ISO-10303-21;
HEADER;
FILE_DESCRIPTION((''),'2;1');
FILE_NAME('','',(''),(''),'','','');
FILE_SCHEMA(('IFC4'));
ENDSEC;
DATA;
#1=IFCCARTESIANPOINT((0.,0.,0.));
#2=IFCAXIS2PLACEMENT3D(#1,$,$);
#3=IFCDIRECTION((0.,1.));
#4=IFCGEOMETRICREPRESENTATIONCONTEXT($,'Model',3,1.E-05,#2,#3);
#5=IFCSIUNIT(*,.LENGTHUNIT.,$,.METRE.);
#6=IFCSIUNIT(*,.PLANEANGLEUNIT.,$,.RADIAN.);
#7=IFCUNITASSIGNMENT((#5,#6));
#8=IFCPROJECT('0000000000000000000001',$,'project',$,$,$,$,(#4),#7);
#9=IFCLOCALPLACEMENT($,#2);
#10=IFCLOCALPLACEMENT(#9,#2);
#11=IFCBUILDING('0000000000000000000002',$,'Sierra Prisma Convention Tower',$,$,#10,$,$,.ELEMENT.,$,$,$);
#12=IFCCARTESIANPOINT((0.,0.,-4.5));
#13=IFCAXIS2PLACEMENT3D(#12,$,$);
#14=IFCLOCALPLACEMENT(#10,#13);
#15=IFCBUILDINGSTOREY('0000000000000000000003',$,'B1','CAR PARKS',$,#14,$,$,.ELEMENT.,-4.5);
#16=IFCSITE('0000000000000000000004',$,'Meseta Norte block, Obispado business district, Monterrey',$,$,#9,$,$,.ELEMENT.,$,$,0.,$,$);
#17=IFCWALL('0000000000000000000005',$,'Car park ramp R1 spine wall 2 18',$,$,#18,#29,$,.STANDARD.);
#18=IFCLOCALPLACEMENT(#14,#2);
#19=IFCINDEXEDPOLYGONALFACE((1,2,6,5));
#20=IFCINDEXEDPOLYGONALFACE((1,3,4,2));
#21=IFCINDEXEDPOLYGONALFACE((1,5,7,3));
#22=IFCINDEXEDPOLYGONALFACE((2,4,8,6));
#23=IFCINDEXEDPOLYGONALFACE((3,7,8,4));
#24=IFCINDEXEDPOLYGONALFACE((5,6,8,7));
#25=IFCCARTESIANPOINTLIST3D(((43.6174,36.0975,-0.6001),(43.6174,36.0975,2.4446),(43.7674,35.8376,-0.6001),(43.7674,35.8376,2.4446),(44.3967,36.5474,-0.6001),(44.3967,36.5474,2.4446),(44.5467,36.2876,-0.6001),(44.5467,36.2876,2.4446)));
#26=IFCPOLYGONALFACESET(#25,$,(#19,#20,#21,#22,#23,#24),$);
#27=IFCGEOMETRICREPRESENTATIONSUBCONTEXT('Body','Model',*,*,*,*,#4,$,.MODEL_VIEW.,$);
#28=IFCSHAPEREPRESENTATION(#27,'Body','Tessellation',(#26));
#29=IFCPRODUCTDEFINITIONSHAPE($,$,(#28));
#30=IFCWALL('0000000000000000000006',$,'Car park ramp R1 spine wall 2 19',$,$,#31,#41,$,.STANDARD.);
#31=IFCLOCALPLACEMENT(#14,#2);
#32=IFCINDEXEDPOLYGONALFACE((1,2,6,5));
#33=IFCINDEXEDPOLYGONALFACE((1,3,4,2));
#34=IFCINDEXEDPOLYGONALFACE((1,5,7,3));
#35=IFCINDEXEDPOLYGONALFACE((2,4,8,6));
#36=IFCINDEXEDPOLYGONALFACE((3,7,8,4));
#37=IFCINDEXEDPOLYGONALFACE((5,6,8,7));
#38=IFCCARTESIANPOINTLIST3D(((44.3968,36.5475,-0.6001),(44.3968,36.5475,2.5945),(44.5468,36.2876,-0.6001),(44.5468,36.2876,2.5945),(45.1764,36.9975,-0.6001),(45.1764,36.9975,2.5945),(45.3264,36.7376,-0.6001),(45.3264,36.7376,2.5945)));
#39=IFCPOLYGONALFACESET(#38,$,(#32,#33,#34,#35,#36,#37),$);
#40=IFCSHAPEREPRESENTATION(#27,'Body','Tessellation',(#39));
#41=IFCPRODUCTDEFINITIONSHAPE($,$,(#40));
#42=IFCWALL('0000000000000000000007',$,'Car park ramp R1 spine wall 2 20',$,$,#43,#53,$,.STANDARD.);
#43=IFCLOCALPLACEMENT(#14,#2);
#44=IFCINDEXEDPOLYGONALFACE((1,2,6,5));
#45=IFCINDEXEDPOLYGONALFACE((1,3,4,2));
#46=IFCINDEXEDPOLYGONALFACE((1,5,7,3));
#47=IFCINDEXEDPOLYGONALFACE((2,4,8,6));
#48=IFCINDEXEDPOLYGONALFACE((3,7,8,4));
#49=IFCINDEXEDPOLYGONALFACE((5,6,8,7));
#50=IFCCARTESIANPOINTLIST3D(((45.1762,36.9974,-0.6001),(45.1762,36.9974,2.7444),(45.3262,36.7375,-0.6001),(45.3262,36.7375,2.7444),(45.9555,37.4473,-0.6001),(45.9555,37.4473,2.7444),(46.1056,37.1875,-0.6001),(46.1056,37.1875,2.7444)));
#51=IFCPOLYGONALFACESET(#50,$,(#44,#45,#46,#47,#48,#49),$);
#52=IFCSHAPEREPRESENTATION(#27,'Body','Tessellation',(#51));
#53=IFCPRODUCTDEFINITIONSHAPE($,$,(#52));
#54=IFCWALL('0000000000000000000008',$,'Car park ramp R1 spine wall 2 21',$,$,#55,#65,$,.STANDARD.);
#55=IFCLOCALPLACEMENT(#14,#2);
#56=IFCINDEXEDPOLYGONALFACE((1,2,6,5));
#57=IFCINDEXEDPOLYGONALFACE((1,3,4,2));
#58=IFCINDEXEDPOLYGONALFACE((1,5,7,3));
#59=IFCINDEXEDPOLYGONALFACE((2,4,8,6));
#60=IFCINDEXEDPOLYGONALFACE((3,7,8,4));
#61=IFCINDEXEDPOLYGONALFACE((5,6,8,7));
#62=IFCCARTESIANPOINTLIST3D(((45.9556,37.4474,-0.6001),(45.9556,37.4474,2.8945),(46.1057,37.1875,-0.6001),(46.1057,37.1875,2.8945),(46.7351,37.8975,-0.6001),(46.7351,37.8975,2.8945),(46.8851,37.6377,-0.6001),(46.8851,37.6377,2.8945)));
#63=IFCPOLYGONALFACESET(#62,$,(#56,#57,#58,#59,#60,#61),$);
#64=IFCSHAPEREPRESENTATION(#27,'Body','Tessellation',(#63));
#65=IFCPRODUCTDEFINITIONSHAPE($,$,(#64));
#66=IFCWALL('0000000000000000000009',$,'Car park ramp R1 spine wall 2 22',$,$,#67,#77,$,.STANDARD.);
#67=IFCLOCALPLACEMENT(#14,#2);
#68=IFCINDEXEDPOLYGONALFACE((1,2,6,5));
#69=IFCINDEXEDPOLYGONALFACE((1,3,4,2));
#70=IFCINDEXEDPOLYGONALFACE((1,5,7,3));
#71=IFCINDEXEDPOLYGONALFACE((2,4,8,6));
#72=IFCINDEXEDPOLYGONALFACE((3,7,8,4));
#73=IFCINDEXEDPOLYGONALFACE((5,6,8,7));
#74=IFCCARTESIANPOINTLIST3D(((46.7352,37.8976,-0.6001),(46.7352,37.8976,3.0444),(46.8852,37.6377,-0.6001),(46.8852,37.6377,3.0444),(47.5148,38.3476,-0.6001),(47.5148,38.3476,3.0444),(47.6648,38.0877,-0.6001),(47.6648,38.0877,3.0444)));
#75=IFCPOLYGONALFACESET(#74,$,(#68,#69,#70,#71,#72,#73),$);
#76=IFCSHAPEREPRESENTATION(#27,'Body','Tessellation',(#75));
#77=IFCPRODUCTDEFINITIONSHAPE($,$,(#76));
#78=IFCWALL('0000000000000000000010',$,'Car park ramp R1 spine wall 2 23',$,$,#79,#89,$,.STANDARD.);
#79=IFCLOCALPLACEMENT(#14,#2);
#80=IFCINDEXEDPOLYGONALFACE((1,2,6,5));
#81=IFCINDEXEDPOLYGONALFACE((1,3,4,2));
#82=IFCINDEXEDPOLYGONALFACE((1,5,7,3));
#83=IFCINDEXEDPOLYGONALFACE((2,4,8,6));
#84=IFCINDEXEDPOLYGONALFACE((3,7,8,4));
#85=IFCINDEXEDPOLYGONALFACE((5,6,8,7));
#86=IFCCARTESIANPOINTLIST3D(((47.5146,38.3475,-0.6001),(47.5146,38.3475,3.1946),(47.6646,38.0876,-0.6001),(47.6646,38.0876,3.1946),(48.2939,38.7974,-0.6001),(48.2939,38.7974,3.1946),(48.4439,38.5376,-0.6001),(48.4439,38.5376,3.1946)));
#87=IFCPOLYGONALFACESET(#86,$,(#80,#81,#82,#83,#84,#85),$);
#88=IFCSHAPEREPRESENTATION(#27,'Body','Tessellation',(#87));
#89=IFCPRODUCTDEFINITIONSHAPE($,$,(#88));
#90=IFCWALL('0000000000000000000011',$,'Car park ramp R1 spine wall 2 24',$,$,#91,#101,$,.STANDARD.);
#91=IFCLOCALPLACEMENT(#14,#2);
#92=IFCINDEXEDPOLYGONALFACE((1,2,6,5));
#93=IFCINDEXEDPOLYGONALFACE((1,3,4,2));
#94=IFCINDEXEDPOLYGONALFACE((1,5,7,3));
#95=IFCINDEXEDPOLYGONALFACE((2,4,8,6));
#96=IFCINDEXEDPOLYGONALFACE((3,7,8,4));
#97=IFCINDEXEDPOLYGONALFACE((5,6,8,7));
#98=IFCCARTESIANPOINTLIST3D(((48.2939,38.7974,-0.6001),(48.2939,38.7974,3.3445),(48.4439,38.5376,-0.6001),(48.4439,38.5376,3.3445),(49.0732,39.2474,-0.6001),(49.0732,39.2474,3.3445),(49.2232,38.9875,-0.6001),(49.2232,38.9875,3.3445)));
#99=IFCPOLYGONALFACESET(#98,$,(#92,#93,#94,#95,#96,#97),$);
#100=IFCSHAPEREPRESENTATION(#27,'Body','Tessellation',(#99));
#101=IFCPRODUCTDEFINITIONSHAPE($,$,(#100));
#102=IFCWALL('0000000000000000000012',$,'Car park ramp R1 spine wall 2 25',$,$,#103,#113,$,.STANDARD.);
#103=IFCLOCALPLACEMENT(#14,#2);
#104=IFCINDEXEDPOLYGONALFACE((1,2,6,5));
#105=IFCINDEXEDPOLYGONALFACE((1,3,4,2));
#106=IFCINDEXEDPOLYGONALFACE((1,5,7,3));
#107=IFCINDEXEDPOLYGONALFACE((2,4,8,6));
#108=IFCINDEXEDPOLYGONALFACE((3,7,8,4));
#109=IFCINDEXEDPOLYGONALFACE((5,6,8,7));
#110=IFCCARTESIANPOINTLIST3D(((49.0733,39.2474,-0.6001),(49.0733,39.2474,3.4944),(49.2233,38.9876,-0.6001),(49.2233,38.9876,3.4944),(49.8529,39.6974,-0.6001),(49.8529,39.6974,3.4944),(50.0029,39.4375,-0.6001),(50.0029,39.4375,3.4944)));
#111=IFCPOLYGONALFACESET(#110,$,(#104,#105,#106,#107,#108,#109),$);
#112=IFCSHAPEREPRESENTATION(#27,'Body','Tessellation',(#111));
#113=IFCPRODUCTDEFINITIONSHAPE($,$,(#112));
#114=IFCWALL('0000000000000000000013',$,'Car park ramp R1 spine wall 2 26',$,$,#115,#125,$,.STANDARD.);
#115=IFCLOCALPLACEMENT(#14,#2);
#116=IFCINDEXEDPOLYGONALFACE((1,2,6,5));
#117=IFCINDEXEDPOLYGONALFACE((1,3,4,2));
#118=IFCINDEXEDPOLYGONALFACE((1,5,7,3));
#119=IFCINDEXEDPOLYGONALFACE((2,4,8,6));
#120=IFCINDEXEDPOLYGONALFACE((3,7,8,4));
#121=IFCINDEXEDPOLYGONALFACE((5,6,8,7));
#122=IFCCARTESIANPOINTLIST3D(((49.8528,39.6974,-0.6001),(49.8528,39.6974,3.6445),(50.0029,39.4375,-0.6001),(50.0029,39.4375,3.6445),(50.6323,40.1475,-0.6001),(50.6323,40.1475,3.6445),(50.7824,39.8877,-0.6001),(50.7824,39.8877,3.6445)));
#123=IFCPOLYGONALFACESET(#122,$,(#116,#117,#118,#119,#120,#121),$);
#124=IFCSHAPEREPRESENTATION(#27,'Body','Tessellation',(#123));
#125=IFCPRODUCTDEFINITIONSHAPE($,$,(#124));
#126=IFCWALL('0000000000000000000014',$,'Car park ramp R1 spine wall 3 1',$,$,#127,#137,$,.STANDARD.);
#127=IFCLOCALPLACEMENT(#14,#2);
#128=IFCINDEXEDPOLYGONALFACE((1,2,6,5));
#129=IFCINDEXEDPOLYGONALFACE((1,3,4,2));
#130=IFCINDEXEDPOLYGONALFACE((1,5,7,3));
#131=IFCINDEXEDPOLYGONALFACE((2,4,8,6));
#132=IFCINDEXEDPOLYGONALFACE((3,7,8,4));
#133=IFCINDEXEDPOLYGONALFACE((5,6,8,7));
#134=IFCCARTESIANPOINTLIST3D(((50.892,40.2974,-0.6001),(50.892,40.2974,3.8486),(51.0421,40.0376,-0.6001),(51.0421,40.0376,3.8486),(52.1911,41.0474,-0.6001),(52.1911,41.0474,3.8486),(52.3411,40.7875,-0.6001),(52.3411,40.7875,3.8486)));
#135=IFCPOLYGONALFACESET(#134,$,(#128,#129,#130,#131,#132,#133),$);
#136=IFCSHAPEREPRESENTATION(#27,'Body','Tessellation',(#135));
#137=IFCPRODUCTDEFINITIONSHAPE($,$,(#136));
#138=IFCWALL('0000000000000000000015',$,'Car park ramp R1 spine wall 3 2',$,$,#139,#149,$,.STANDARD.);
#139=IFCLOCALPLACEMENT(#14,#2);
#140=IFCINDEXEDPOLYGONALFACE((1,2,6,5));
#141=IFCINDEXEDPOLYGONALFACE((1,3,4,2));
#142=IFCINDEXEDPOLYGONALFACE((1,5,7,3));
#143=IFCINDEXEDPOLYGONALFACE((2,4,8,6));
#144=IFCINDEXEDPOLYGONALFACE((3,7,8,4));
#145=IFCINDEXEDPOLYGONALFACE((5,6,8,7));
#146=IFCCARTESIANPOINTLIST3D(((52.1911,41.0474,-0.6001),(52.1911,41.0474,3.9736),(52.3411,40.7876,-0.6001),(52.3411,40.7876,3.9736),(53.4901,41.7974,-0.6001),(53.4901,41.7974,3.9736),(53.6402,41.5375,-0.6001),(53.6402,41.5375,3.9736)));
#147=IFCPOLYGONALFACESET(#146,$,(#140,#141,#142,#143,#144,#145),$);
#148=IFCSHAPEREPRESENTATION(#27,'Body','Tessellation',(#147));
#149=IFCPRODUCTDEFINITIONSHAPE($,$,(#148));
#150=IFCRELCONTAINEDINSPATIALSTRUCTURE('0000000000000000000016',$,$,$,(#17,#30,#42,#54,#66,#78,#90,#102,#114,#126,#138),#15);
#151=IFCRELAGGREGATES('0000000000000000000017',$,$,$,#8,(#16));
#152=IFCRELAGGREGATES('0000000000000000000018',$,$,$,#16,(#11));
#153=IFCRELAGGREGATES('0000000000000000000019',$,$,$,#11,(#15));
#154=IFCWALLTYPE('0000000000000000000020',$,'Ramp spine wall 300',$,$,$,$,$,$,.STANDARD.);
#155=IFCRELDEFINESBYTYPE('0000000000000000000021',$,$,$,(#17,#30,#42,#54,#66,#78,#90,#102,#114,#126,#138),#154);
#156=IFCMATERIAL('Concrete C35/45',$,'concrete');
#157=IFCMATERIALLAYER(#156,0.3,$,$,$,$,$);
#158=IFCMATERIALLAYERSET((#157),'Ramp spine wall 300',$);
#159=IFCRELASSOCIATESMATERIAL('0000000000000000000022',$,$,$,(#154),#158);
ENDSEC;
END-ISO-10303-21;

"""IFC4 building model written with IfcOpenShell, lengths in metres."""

from ifc_helpers import new_model, si_unit, direction, frame, frame_2d, origin, place, context, subcontext, project, spatial, rectangle, extrude, material, layer, layer_set, type_object, element, save


model = new_model("IFC4")

# Units and contexts
model_context = context("Model", 3, precision=1e-05, world=origin(), true_north=direction((0.0, 1.0)))
body_context = subcontext(model_context, "Body", "Model", "MODEL_VIEW")
ifc_project = project(units=[si_unit("LENGTHUNIT", "METRE"), si_unit("PLANEANGLEUNIT", "RADIAN")], contexts=[model_context])

# Site, building, storey
site_placement = place(None, origin())
site = spatial("IfcSite", under=ifc_project, at=site_placement, Name="Meseta Norte block, Obispado business district, Monterrey", CompositionType="ELEMENT", RefElevation=0.0)
building_placement = place(site_placement, origin())
building = spatial("IfcBuilding", under=site, at=building_placement, Name="Sierra Prisma Convention Tower", CompositionType="ELEMENT")
storey_placement = place(building_placement, frame((0.0, 0.0, -4.5)))
storey = spatial("IfcBuildingStorey", under=building, at=storey_placement, Name="B1", Description="CAR PARKS", CompositionType="ELEMENT", Elevation=-4.5)

# Walls
ifc_material_1 = material(Name="Concrete C35/45", Category="concrete")
ifc_layer_1 = layer(ifc_material_1, 0.3)
ifc_layer_set_1 = layer_set([ifc_layer_1], Name="Ramp spine wall 300")
wall_type_1 = type_object("IfcWallType", Name="Ramp spine wall 300", PredefinedType="STANDARD", material=ifc_layer_set_1)
wall_1_placement = place(storey_placement, frame((43.6924, 35.9675, -0.6001), z_axis=(0.0, 0.0, 1.0), x_axis=(0.866014, 0.50002, 0.0)))
element("IfcWall", 1, at=wall_1_placement, inside=storey, type_object=wall_type_1, Name="Car park ramp R1 spine wall 2 18", PredefinedType="STANDARD", context=body_context, shape_type="SweptSolid", body=[
    extrude(rectangle(XDim=0.8999, YDim=0.3, at=frame_2d((0.45, 0.0))), origin(), (0.0, 0.0, 1.0), 3.0447),
])
wall_2_placement = place(storey_placement, frame((44.4717, 36.4175, -0.6001), z_axis=(0.0, 0.0, 1.0), x_axis=(0.866082, 0.499902, 0.0)))
element("IfcWall", 2, at=wall_2_placement, inside=storey, type_object=wall_type_1, Name="Car park ramp R1 spine wall 2 19", PredefinedType="STANDARD", context=body_context, shape_type="SweptSolid", body=[
    extrude(rectangle(XDim=0.9001, YDim=0.3, at=frame_2d((0.4502, 0.0))), origin(), (0.0, 0.0, 1.0), 3.1946),
])
wall_3_placement = place(storey_placement, frame((45.2512, 36.8674, -0.6001), z_axis=(0.0, 0.0, 1.0), x_axis=(0.866014, 0.50002, 0.0)))
element("IfcWall", 3, at=wall_3_placement, inside=storey, type_object=wall_type_1, Name="Car park ramp R1 spine wall 2 20", PredefinedType="STANDARD", context=body_context, shape_type="SweptSolid", body=[
    extrude(rectangle(XDim=0.8999, YDim=0.3, at=frame_2d((0.45, 0.0))), origin(), (0.0, 0.0, 1.0), 3.3445),
])
wall_4_placement = place(storey_placement, frame((46.0305, 37.3174, -0.6001), z_axis=(0.0, 0.0, 1.0), x_axis=(0.865964, 0.500106, 0.0)))
element("IfcWall", 4, at=wall_4_placement, inside=storey, type_object=wall_type_1, Name="Car park ramp R1 spine wall 2 21", PredefinedType="STANDARD", context=body_context, shape_type="SweptSolid", body=[
    extrude(rectangle(XDim=0.9001, YDim=0.3, at=frame_2d((0.4502, 0.0))), origin(), (0.0, 0.0, 1.0), 3.4946),
])
wall_5_placement = place(storey_placement, frame((46.8101, 37.7676, -0.6001), z_axis=(0.0, 0.0, 1.0), x_axis=(0.866082, 0.499902, 0.0)))
element("IfcWall", 5, at=wall_5_placement, inside=storey, type_object=wall_type_1, Name="Car park ramp R1 spine wall 2 22", PredefinedType="STANDARD", context=body_context, shape_type="SweptSolid", body=[
    extrude(rectangle(XDim=0.9001, YDim=0.3, at=frame_2d((0.4502, 0.0))), origin(), (0.0, 0.0, 1.0), 3.6445),
])
wall_6_placement = place(storey_placement, frame((47.5896, 38.2175, -0.6001), z_axis=(0.0, 0.0, 1.0), x_axis=(0.866014, 0.50002, 0.0)))
element("IfcWall", 6, at=wall_6_placement, inside=storey, type_object=wall_type_1, Name="Car park ramp R1 spine wall 2 23", PredefinedType="STANDARD", context=body_context, shape_type="SweptSolid", body=[
    extrude(rectangle(XDim=0.8999, YDim=0.3, at=frame_2d((0.45, 0.0))), origin(), (0.0, 0.0, 1.0), 3.7947),
])
wall_7_placement = place(storey_placement, frame((48.3689, 38.6675, -0.6001), z_axis=(0.0, 0.0, 1.0), x_axis=(0.866014, 0.50002, 0.0)))
element("IfcWall", 7, at=wall_7_placement, inside=storey, type_object=wall_type_1, Name="Car park ramp R1 spine wall 2 24", PredefinedType="STANDARD", context=body_context, shape_type="SweptSolid", body=[
    extrude(rectangle(XDim=0.8999, YDim=0.3, at=frame_2d((0.45, 0.0))), origin(), (0.0, 0.0, 1.0), 3.9446),
])
wall_8_placement = place(storey_placement, frame((49.1482, 39.1174, -0.6001), z_axis=(0.0, 0.0, 1.0), x_axis=(0.866082, 0.499902, 0.0)))
element("IfcWall", 8, at=wall_8_placement, inside=storey, type_object=wall_type_1, Name="Car park ramp R1 spine wall 2 25", PredefinedType="STANDARD", context=body_context, shape_type="SweptSolid", body=[
    extrude(rectangle(XDim=0.9001, YDim=0.3, at=frame_2d((0.4502, 0.0))), origin(), (0.0, 0.0, 1.0), 4.0945),
])
wall_9_placement = place(storey_placement, frame((49.9277, 39.5674, -0.6001), z_axis=(0.0, 0.0, 1.0), x_axis=(0.865964, 0.500106, 0.0)))
element("IfcWall", 9, at=wall_9_placement, inside=storey, type_object=wall_type_1, Name="Car park ramp R1 spine wall 2 26", PredefinedType="STANDARD", context=body_context, shape_type="SweptSolid", body=[
    extrude(rectangle(XDim=0.9001, YDim=0.3, at=frame_2d((0.4502, 0.0))), origin(), (0.0, 0.0, 1.0), 4.2446),
])
wall_10_placement = place(storey_placement, frame((50.967, 40.1675, -0.6001), z_axis=(0.0, 0.0, 1.0), x_axis=(0.866031, 0.49999, 0.0)))
element("IfcWall", 10, at=wall_10_placement, inside=storey, type_object=wall_type_1, Name="Car park ramp R1 spine wall 3 1", PredefinedType="STANDARD", context=body_context, shape_type="SweptSolid", body=[
    extrude(rectangle(XDim=1.5, YDim=0.3, at=frame_2d((0.75, 0.0))), origin(), (0.0, 0.0, 1.0), 4.4487),
])
wall_11_placement = place(storey_placement, frame((52.2661, 40.9175, -0.6001), z_axis=(0.0, 0.0, 1.0), x_axis=(0.866031, 0.49999, 0.0)))
element("IfcWall", 11, at=wall_11_placement, inside=storey, type_object=wall_type_1, Name="Car park ramp R1 spine wall 3 2", PredefinedType="STANDARD", context=body_context, shape_type="SweptSolid", body=[
    extrude(rectangle(XDim=1.5, YDim=0.3, at=frame_2d((0.75, 0.0))), origin(), (0.0, 0.0, 1.0), 4.5737),
])

save(model, "model.ifc")
